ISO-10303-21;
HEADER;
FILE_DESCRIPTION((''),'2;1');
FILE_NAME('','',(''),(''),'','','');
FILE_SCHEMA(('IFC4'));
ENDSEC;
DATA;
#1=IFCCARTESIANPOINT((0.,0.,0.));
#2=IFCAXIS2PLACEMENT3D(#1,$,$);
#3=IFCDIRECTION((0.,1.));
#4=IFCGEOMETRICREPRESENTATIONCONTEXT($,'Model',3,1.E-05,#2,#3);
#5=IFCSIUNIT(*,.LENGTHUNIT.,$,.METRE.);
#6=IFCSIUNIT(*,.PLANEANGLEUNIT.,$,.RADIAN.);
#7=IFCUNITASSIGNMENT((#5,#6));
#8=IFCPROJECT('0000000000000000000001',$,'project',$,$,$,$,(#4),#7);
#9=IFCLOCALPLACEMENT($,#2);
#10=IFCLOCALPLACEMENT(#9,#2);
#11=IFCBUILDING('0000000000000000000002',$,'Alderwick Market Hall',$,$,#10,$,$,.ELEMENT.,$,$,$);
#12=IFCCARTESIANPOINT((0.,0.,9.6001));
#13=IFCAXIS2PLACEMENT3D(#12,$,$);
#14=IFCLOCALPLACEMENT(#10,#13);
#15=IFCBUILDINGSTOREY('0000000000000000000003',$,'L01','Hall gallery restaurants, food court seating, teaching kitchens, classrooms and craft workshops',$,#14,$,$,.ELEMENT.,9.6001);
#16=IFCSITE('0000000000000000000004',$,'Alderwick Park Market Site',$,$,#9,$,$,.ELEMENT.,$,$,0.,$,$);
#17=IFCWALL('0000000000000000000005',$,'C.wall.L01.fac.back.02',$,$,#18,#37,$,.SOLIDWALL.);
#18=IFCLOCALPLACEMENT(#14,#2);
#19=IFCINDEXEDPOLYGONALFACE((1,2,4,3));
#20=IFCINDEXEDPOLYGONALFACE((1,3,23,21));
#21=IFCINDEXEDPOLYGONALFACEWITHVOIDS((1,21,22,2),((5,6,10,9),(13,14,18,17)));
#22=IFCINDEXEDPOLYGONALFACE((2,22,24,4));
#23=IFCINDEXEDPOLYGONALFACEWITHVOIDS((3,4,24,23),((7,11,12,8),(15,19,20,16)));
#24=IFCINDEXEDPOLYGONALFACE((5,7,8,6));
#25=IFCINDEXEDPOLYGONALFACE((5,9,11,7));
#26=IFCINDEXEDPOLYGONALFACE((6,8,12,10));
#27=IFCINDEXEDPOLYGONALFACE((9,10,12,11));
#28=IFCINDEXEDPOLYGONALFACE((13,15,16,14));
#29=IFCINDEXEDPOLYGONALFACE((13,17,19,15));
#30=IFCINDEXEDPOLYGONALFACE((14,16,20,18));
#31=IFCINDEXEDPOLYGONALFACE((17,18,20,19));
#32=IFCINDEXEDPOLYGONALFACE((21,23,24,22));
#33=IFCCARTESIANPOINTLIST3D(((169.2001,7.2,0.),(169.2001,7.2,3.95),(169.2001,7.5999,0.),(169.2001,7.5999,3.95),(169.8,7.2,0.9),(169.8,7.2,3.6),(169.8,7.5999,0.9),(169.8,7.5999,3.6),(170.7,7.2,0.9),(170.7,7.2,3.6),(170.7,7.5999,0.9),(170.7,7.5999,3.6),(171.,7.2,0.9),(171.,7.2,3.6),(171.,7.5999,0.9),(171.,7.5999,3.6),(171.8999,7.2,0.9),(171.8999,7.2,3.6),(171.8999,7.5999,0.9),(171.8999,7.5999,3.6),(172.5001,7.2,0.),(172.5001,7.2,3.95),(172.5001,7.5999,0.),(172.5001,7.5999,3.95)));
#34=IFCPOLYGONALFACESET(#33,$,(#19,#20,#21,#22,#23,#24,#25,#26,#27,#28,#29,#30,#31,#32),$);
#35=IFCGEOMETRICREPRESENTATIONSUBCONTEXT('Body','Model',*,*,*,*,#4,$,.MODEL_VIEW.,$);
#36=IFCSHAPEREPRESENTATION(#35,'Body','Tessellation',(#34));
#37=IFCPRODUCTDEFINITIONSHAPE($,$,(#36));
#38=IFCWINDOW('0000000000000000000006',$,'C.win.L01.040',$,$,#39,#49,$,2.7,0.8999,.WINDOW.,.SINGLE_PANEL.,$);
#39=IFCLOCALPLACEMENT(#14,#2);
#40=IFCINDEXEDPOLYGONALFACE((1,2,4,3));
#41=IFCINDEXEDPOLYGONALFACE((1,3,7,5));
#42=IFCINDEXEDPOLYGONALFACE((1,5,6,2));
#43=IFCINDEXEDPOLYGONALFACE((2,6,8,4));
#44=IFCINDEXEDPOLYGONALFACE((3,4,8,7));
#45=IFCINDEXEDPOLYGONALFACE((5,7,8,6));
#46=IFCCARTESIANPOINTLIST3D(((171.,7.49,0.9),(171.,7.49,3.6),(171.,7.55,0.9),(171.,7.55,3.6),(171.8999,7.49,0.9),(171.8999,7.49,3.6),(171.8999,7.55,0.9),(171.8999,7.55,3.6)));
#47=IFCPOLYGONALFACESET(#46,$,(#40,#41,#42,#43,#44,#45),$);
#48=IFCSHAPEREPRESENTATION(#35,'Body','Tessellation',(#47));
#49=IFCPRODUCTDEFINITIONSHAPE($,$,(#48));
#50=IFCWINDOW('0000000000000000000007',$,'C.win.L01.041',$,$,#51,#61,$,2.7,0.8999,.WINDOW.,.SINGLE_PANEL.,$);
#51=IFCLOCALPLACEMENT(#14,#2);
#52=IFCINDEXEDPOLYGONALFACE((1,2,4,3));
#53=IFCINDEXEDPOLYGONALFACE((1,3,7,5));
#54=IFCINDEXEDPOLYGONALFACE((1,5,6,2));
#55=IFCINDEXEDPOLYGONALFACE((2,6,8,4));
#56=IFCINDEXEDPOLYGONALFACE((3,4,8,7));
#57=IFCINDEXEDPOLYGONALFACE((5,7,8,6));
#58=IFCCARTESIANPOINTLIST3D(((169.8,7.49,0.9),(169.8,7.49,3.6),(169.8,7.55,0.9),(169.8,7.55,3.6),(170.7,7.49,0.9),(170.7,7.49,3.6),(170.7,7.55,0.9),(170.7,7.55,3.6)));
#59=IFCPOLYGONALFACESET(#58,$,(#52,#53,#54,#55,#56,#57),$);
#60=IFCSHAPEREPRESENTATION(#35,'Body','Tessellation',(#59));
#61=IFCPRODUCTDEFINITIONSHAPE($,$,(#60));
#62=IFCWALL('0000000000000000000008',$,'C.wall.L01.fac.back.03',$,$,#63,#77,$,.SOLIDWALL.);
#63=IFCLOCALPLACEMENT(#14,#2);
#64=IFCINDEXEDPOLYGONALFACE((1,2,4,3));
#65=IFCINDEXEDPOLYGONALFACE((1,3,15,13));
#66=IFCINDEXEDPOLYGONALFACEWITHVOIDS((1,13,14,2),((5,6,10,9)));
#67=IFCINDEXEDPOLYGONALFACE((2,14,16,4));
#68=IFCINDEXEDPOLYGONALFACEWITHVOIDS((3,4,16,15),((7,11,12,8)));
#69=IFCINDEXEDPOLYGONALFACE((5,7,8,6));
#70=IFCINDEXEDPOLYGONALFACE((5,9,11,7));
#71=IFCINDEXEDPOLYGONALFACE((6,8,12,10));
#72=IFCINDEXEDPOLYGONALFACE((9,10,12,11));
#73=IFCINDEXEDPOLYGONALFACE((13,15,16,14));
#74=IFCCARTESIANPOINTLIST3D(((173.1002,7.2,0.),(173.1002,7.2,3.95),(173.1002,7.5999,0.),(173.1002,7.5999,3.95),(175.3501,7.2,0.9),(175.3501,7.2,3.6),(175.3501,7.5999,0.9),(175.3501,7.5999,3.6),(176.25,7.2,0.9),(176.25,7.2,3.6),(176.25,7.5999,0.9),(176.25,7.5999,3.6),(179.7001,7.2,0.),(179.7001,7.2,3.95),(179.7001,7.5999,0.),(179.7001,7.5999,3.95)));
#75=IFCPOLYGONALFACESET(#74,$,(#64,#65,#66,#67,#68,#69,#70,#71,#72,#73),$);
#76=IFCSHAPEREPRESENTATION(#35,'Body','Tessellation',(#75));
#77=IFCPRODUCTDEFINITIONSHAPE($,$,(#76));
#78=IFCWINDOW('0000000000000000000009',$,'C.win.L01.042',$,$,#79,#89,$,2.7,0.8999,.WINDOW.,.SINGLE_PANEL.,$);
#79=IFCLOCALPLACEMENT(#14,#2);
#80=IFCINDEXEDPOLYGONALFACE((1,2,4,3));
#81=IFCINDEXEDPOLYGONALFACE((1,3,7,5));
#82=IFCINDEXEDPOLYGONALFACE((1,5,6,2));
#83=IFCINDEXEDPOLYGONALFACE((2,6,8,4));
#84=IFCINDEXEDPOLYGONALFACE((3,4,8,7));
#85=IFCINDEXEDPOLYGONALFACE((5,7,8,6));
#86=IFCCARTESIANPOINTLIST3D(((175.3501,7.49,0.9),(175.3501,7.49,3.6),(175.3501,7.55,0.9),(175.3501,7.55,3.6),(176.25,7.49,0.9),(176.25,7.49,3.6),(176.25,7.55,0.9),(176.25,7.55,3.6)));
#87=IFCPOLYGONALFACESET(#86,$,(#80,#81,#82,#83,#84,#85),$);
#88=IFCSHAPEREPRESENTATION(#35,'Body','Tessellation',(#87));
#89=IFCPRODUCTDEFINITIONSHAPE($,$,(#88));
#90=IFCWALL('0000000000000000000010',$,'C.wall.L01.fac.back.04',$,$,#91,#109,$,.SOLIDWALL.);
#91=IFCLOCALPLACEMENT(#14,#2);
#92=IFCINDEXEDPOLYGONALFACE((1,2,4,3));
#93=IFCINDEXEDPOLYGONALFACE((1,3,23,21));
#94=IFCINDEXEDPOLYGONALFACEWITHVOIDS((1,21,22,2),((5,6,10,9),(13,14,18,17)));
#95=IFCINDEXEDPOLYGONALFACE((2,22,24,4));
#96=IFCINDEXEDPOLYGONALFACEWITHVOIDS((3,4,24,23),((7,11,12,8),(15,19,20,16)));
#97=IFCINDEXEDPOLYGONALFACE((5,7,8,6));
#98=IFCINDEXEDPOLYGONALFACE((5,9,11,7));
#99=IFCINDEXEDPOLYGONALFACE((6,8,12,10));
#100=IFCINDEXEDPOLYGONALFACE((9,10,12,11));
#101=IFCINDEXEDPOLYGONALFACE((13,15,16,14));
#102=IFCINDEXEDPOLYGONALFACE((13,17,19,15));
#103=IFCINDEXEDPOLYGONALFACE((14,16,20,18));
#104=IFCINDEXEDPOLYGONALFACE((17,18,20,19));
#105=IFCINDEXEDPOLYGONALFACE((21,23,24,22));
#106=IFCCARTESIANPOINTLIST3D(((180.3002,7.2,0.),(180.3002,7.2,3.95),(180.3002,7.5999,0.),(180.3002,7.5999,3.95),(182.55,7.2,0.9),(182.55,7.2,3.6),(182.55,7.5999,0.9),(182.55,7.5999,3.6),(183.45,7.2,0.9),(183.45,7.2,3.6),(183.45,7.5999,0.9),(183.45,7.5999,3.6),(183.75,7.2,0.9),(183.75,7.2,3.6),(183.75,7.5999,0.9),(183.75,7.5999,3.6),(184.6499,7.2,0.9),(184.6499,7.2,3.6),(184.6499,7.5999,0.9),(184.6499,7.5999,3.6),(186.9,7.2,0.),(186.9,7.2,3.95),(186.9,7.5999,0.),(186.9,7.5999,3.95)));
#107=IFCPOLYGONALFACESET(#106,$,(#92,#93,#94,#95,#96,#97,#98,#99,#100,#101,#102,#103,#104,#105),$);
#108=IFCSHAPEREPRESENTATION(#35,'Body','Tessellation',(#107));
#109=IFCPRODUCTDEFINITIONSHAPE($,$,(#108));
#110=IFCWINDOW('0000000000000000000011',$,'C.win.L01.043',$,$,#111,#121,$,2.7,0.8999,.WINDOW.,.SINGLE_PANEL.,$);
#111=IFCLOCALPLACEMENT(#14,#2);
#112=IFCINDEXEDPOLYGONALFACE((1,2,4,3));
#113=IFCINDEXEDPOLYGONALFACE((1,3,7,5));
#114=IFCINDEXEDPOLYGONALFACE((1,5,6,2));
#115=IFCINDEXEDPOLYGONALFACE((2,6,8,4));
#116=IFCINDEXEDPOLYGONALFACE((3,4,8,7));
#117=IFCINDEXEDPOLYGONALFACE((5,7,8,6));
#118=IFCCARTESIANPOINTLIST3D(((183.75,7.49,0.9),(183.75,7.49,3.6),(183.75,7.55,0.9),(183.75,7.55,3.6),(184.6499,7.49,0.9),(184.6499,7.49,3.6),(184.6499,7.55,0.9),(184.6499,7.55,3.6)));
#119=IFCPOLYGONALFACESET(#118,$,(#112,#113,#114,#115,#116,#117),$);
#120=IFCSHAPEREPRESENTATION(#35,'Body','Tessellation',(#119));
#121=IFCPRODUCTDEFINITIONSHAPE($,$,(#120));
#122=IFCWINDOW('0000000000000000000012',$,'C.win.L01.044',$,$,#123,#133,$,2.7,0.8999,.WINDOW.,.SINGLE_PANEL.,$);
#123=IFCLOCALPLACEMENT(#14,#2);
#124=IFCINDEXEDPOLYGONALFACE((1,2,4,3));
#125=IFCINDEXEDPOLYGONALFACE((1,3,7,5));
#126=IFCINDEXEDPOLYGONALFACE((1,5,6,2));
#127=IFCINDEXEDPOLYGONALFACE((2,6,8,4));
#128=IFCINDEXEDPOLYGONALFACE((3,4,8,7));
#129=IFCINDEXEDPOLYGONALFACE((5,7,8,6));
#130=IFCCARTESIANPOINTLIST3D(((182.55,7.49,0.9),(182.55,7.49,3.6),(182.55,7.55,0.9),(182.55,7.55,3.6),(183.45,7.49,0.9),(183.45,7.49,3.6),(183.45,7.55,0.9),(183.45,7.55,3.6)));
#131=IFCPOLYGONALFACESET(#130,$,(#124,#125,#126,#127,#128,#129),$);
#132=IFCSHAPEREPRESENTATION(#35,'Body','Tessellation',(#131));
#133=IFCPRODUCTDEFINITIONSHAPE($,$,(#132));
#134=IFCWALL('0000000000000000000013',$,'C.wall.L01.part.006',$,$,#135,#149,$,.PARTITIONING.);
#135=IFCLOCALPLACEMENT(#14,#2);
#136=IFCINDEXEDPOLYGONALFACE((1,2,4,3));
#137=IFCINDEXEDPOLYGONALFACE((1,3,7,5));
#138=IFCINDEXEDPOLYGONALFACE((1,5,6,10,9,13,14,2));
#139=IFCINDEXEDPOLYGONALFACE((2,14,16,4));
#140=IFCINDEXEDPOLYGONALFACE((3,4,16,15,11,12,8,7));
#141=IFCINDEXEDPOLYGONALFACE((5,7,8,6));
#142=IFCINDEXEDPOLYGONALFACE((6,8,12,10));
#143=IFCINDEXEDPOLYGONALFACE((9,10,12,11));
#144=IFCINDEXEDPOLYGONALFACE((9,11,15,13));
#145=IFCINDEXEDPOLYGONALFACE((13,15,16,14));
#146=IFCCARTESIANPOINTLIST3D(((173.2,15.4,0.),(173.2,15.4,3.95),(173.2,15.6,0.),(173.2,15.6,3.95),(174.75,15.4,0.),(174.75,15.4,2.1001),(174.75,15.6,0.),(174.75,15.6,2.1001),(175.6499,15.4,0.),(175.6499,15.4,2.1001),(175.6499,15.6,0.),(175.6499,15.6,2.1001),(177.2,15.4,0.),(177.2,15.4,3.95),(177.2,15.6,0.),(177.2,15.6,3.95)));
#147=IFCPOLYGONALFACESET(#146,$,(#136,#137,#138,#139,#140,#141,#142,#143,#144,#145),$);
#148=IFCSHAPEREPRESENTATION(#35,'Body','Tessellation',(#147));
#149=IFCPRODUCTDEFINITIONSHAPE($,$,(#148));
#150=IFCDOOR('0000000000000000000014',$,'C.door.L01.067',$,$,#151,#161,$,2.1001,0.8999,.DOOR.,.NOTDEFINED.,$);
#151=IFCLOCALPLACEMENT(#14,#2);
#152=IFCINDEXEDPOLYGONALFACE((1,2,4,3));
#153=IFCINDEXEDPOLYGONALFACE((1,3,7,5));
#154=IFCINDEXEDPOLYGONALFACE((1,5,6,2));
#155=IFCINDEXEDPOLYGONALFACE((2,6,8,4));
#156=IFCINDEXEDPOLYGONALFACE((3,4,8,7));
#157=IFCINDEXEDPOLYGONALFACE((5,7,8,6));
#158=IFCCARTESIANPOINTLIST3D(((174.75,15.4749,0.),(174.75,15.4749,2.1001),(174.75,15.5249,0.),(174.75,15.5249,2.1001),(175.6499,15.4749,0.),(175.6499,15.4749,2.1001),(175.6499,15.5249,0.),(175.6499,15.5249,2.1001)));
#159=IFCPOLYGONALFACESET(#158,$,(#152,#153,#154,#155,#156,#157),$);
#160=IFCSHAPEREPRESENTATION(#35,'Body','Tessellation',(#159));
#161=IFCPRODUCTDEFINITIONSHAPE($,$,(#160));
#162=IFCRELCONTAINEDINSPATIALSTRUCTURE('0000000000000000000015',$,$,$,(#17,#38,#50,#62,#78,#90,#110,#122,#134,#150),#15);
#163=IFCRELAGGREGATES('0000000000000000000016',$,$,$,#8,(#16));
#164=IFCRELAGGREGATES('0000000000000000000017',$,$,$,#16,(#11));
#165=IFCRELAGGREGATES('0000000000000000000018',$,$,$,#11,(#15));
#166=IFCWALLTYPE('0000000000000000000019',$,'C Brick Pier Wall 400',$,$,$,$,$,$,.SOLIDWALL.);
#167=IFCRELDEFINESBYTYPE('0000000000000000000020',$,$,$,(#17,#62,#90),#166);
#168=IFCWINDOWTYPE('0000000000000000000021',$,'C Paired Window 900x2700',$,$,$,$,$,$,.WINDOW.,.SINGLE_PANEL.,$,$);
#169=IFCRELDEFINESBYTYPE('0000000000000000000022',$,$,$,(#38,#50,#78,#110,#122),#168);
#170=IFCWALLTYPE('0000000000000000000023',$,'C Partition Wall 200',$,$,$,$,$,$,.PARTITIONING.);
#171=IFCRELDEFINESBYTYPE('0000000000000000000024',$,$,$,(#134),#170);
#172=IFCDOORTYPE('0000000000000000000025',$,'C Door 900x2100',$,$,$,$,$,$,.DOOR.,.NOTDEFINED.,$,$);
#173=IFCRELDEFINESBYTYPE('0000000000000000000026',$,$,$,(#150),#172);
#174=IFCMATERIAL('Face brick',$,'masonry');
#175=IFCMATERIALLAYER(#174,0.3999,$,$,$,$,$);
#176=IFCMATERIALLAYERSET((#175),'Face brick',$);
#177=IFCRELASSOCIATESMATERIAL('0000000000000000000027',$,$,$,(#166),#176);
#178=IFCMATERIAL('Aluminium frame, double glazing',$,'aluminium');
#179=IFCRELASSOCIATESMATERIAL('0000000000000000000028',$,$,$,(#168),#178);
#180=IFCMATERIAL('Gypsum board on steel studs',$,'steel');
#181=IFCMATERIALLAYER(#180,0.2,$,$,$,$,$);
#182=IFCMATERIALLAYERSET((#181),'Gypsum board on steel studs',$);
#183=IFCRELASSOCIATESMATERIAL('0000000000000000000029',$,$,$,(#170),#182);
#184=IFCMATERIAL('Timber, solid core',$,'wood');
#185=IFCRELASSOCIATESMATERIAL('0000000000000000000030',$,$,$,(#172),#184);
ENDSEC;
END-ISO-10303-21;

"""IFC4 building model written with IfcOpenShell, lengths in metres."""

from ifc_helpers import new_model, si_unit, direction, frame, frame_2d, origin, place, context, subcontext, project, spatial, rectangle, extrude, material, layer, layer_set, type_object, element, fill, save


model = new_model("IFC4")

# Units and contexts
model_context = context("Model", 3, precision=1e-05, world=origin(), true_north=direction((0.0, 1.0)))
body_context = subcontext(model_context, "Body", "Model", "MODEL_VIEW")
ifc_project = project(units=[si_unit("LENGTHUNIT", "METRE"), si_unit("PLANEANGLEUNIT", "RADIAN")], contexts=[model_context])

# Site, building, storey
site_placement = place(None, origin())
site = spatial("IfcSite", under=ifc_project, at=site_placement, Name="Alderwick Park Market Site", CompositionType="ELEMENT", RefElevation=0.0)
building_placement = place(site_placement, origin())
building = spatial("IfcBuilding", under=site, at=building_placement, Name="Alderwick Market Hall", CompositionType="ELEMENT")
storey_placement = place(building_placement, frame((0.0, 0.0, 9.6001)))
storey = spatial("IfcBuildingStorey", under=building, at=storey_placement, Name="L01", Description="Hall gallery restaurants, food court seating, teaching kitchens, classrooms and craft workshops", CompositionType="ELEMENT", Elevation=9.6001)

# Wall, openings, windows
ifc_material_1 = material(Name="Face brick", Category="masonry")
ifc_layer_1 = layer(ifc_material_1, 0.3999)
ifc_layer_set_1 = layer_set([ifc_layer_1], Name="Face brick")
wall_type_1 = type_object("IfcWallType", Name="C Brick Pier Wall 400", PredefinedType="SOLIDWALL", material=ifc_layer_set_1)
wall_1_placement = place(storey_placement, frame((172.5, 7.3999, 0.0), z_axis=(0.0, 0.0, 1.0), x_axis=(-1.0, 0.0, 0.0)))
wall_1 = element("IfcWall", 1, at=wall_1_placement, inside=storey, type_object=wall_type_1, Name="C.wall.L01.fac.back.02", PredefinedType="SOLIDWALL", context=body_context, shape_type="SweptSolid", body=[
    extrude(rectangle(XDim=3.3, YDim=0.3999, at=frame_2d((1.6499, 0.0))), origin(), (0.0, 0.0, 1.0), 3.95),
])
opening_1_placement = place(wall_1_placement, frame((0.6001, 0.0, 0.8999)))
opening_1 = element("IfcOpeningElement", 2, at=opening_1_placement, cuts=wall_1, PredefinedType="OPENING", context=body_context, shape_type="SweptSolid", body=[
    extrude(rectangle(XDim=0.8999, YDim=2.7, at=frame_2d((0.45, 1.3501))), frame((0.0, 0.21, 0.0), z_axis=(0.0, -1.0, 0.0), x_axis=(1.0, 0.0, 0.0)), (0.0, 0.0, 1.0), 0.4199),
])
opening_2_placement = place(wall_1_placement, frame((1.8, 0.0, 0.8999)))
opening_2 = element("IfcOpeningElement", 3, at=opening_2_placement, cuts=wall_1, PredefinedType="OPENING", context=body_context, shape_type="SweptSolid", body=[
    extrude(rectangle(XDim=0.8999, YDim=2.7, at=frame_2d((0.45, 1.3501))), frame((0.0, 0.21, 0.0), z_axis=(0.0, -1.0, 0.0), x_axis=(1.0, 0.0, 0.0)), (0.0, 0.0, 1.0), 0.4199),
])
ifc_material_2 = material(Name="Aluminium frame, double glazing", Category="aluminium")
window_type = type_object("IfcWindowType", Name="C Paired Window 900x2700", PartitioningType="SINGLE_PANEL", PredefinedType="WINDOW", material=ifc_material_2)
window_1_placement = place(opening_1_placement, origin())
window_1 = element("IfcWindow", 4, at=window_1_placement, inside=storey, type_object=window_type, Name="C.win.L01.040", OverallHeight=2.7, OverallWidth=0.8999, PartitioningType="SINGLE_PANEL", PredefinedType="WINDOW", context=body_context, shape_type="SweptSolid", body=[
    extrude(rectangle(XDim=0.8999, YDim=2.7, at=frame_2d((0.45, 1.3501))), frame((0.0, -0.0901, 0.0), z_axis=(0.0, -1.0, 0.0), x_axis=(1.0, 0.0, 0.0)), (0.0, 0.0, 1.0), 0.0601),
])
fill(opening_1, window_1)
window_2_placement = place(opening_2_placement, origin())
window_2 = element("IfcWindow", 5, at=window_2_placement, inside=storey, type_object=window_type, Name="C.win.L01.041", OverallHeight=2.7, OverallWidth=0.8999, PartitioningType="SINGLE_PANEL", PredefinedType="WINDOW", context=body_context, shape_type="SweptSolid", body=[
    extrude(rectangle(XDim=0.8999, YDim=2.7, at=frame_2d((0.45, 1.3501))), frame((0.0, -0.0901, 0.0), z_axis=(0.0, -1.0, 0.0), x_axis=(1.0, 0.0, 0.0)), (0.0, 0.0, 1.0), 0.0601),
])
fill(opening_2, window_2)

# Wall, opening, window
wall_2_placement = place(storey_placement, frame((179.7, 7.3999, 0.0), z_axis=(0.0, 0.0, 1.0), x_axis=(-1.0, 0.0, 0.0)))
wall_2 = element("IfcWall", 6, at=wall_2_placement, inside=storey, type_object=wall_type_1, Name="C.wall.L01.fac.back.03", PredefinedType="SOLIDWALL", context=body_context, shape_type="SweptSolid", body=[
    extrude(rectangle(XDim=6.5999, YDim=0.3999, at=frame_2d((3.2998, 0.0))), origin(), (0.0, 0.0, 1.0), 3.95),
])
opening_3_placement = place(wall_2_placement, frame((3.45, 0.0, 0.8999)))
opening_3 = element("IfcOpeningElement", 7, at=opening_3_placement, cuts=wall_2, PredefinedType="OPENING", context=body_context, shape_type="SweptSolid", body=[
    extrude(rectangle(XDim=0.8999, YDim=2.7, at=frame_2d((0.45, 1.3501))), frame((0.0, 0.21, 0.0), z_axis=(0.0, -1.0, 0.0), x_axis=(1.0, 0.0, 0.0)), (0.0, 0.0, 1.0), 0.4199),
])
window_3_placement = place(opening_3_placement, origin())
window_3 = element("IfcWindow", 8, at=window_3_placement, inside=storey, type_object=window_type, Name="C.win.L01.042", OverallHeight=2.7, OverallWidth=0.8999, PartitioningType="SINGLE_PANEL", PredefinedType="WINDOW", context=body_context, shape_type="SweptSolid", body=[
    extrude(rectangle(XDim=0.8999, YDim=2.7, at=frame_2d((0.45, 1.3501))), frame((0.0, -0.0901, 0.0), z_axis=(0.0, -1.0, 0.0), x_axis=(1.0, 0.0, 0.0)), (0.0, 0.0, 1.0), 0.0601),
])
fill(opening_3, window_3)

# Wall, openings, windows
wall_3_placement = place(storey_placement, frame((186.8999, 7.3999, 0.0), z_axis=(0.0, 0.0, 1.0), x_axis=(-1.0, 0.0, 0.0)))
wall_3 = element("IfcWall", 9, at=wall_3_placement, inside=storey, type_object=wall_type_1, Name="C.wall.L01.fac.back.04", PredefinedType="SOLIDWALL", context=body_context, shape_type="SweptSolid", body=[
    extrude(rectangle(XDim=6.5999, YDim=0.3999, at=frame_2d((3.2998, 0.0))), origin(), (0.0, 0.0, 1.0), 3.95),
])
opening_4_placement = place(wall_3_placement, frame((2.25, 0.0, 0.8999)))
opening_4 = element("IfcOpeningElement", 10, at=opening_4_placement, cuts=wall_3, PredefinedType="OPENING", context=body_context, shape_type="SweptSolid", body=[
    extrude(rectangle(XDim=0.8999, YDim=2.7, at=frame_2d((0.45, 1.3501))), frame((0.0, 0.21, 0.0), z_axis=(0.0, -1.0, 0.0), x_axis=(1.0, 0.0, 0.0)), (0.0, 0.0, 1.0), 0.4199),
])
opening_5_placement = place(wall_3_placement, frame((3.45, 0.0, 0.8999)))
opening_5 = element("IfcOpeningElement", 11, at=opening_5_placement, cuts=wall_3, PredefinedType="OPENING", context=body_context, shape_type="SweptSolid", body=[
    extrude(rectangle(XDim=0.8999, YDim=2.7, at=frame_2d((0.45, 1.3501))), frame((0.0, 0.21, 0.0), z_axis=(0.0, -1.0, 0.0), x_axis=(1.0, 0.0, 0.0)), (0.0, 0.0, 1.0), 0.4199),
])
window_4_placement = place(opening_4_placement, origin())
window_4 = element("IfcWindow", 12, at=window_4_placement, inside=storey, type_object=window_type, Name="C.win.L01.043", OverallHeight=2.7, OverallWidth=0.8999, PartitioningType="SINGLE_PANEL", PredefinedType="WINDOW", context=body_context, shape_type="SweptSolid", body=[
    extrude(rectangle(XDim=0.8999, YDim=2.7, at=frame_2d((0.45, 1.3501))), frame((0.0, -0.0901, 0.0), z_axis=(0.0, -1.0, 0.0), x_axis=(1.0, 0.0, 0.0)), (0.0, 0.0, 1.0), 0.0601),
])
fill(opening_4, window_4)
window_5_placement = place(opening_5_placement, origin())
window_5 = element("IfcWindow", 13, at=window_5_placement, inside=storey, type_object=window_type, Name="C.win.L01.044", OverallHeight=2.7, OverallWidth=0.8999, PartitioningType="SINGLE_PANEL", PredefinedType="WINDOW", context=body_context, shape_type="SweptSolid", body=[
    extrude(rectangle(XDim=0.8999, YDim=2.7, at=frame_2d((0.45, 1.3501))), frame((0.0, -0.0901, 0.0), z_axis=(0.0, -1.0, 0.0), x_axis=(1.0, 0.0, 0.0)), (0.0, 0.0, 1.0), 0.0601),
])
fill(opening_5, window_5)

# Wall, opening, door
ifc_material_3 = material(Name="Gypsum board on steel studs", Category="steel")
ifc_layer_2 = layer(ifc_material_3, 0.2)
ifc_layer_set_2 = layer_set([ifc_layer_2], Name="Gypsum board on steel studs")
wall_type_2 = type_object("IfcWallType", Name="C Partition Wall 200", PredefinedType="PARTITIONING", material=ifc_layer_set_2)
wall_4_placement = place(storey_placement, frame((173.2, 15.5, 0.0), z_axis=(0.0, 0.0, 1.0), x_axis=(1.0, 0.0, 0.0)))
wall_4 = element("IfcWall", 14, at=wall_4_placement, inside=storey, type_object=wall_type_2, Name="C.wall.L01.part.006", PredefinedType="PARTITIONING", context=body_context, shape_type="SweptSolid", body=[
    extrude(rectangle(XDim=4.0, YDim=0.2, at=frame_2d((2.0, 0.0))), origin(), (0.0, 0.0, 1.0), 3.95),
])
opening_6_placement = place(wall_4_placement, frame((1.55, 0.0, 0.0)))
opening_6 = element("IfcOpeningElement", 15, at=opening_6_placement, cuts=wall_4, PredefinedType="OPENING", context=body_context, shape_type="SweptSolid", body=[
    extrude(rectangle(XDim=0.8999, YDim=2.1001, at=frame_2d((0.45, 1.05))), frame((0.0, 0.1099, 0.0), z_axis=(0.0, -1.0, 0.0), x_axis=(1.0, 0.0, 0.0)), (0.0, 0.0, 1.0), 0.22),
])
ifc_material_4 = material(Name="Timber, solid core", Category="wood")
door_type_1 = type_object("IfcDoorType", Name="C Door 900x2100", OperationType="NOTDEFINED", PredefinedType="DOOR", material=ifc_material_4)
door_1_placement = place(opening_6_placement, origin())
door_1 = element("IfcDoor", 16, at=door_1_placement, inside=storey, type_object=door_type_1, Name="C.door.L01.067", OperationType="NOTDEFINED", OverallHeight=2.1001, OverallWidth=0.8999, PredefinedType="DOOR", context=body_context, shape_type="SweptSolid", body=[
    extrude(rectangle(XDim=0.8999, YDim=2.1001, at=frame_2d((0.45, 1.05))), frame((0.0, 0.0249, 0.0), z_axis=(0.0, -1.0, 0.0), x_axis=(1.0, 0.0, 0.0)), (0.0, 0.0, 1.0), 0.05),
])
fill(opening_6, door_1)

save(model, "model.ifc")
